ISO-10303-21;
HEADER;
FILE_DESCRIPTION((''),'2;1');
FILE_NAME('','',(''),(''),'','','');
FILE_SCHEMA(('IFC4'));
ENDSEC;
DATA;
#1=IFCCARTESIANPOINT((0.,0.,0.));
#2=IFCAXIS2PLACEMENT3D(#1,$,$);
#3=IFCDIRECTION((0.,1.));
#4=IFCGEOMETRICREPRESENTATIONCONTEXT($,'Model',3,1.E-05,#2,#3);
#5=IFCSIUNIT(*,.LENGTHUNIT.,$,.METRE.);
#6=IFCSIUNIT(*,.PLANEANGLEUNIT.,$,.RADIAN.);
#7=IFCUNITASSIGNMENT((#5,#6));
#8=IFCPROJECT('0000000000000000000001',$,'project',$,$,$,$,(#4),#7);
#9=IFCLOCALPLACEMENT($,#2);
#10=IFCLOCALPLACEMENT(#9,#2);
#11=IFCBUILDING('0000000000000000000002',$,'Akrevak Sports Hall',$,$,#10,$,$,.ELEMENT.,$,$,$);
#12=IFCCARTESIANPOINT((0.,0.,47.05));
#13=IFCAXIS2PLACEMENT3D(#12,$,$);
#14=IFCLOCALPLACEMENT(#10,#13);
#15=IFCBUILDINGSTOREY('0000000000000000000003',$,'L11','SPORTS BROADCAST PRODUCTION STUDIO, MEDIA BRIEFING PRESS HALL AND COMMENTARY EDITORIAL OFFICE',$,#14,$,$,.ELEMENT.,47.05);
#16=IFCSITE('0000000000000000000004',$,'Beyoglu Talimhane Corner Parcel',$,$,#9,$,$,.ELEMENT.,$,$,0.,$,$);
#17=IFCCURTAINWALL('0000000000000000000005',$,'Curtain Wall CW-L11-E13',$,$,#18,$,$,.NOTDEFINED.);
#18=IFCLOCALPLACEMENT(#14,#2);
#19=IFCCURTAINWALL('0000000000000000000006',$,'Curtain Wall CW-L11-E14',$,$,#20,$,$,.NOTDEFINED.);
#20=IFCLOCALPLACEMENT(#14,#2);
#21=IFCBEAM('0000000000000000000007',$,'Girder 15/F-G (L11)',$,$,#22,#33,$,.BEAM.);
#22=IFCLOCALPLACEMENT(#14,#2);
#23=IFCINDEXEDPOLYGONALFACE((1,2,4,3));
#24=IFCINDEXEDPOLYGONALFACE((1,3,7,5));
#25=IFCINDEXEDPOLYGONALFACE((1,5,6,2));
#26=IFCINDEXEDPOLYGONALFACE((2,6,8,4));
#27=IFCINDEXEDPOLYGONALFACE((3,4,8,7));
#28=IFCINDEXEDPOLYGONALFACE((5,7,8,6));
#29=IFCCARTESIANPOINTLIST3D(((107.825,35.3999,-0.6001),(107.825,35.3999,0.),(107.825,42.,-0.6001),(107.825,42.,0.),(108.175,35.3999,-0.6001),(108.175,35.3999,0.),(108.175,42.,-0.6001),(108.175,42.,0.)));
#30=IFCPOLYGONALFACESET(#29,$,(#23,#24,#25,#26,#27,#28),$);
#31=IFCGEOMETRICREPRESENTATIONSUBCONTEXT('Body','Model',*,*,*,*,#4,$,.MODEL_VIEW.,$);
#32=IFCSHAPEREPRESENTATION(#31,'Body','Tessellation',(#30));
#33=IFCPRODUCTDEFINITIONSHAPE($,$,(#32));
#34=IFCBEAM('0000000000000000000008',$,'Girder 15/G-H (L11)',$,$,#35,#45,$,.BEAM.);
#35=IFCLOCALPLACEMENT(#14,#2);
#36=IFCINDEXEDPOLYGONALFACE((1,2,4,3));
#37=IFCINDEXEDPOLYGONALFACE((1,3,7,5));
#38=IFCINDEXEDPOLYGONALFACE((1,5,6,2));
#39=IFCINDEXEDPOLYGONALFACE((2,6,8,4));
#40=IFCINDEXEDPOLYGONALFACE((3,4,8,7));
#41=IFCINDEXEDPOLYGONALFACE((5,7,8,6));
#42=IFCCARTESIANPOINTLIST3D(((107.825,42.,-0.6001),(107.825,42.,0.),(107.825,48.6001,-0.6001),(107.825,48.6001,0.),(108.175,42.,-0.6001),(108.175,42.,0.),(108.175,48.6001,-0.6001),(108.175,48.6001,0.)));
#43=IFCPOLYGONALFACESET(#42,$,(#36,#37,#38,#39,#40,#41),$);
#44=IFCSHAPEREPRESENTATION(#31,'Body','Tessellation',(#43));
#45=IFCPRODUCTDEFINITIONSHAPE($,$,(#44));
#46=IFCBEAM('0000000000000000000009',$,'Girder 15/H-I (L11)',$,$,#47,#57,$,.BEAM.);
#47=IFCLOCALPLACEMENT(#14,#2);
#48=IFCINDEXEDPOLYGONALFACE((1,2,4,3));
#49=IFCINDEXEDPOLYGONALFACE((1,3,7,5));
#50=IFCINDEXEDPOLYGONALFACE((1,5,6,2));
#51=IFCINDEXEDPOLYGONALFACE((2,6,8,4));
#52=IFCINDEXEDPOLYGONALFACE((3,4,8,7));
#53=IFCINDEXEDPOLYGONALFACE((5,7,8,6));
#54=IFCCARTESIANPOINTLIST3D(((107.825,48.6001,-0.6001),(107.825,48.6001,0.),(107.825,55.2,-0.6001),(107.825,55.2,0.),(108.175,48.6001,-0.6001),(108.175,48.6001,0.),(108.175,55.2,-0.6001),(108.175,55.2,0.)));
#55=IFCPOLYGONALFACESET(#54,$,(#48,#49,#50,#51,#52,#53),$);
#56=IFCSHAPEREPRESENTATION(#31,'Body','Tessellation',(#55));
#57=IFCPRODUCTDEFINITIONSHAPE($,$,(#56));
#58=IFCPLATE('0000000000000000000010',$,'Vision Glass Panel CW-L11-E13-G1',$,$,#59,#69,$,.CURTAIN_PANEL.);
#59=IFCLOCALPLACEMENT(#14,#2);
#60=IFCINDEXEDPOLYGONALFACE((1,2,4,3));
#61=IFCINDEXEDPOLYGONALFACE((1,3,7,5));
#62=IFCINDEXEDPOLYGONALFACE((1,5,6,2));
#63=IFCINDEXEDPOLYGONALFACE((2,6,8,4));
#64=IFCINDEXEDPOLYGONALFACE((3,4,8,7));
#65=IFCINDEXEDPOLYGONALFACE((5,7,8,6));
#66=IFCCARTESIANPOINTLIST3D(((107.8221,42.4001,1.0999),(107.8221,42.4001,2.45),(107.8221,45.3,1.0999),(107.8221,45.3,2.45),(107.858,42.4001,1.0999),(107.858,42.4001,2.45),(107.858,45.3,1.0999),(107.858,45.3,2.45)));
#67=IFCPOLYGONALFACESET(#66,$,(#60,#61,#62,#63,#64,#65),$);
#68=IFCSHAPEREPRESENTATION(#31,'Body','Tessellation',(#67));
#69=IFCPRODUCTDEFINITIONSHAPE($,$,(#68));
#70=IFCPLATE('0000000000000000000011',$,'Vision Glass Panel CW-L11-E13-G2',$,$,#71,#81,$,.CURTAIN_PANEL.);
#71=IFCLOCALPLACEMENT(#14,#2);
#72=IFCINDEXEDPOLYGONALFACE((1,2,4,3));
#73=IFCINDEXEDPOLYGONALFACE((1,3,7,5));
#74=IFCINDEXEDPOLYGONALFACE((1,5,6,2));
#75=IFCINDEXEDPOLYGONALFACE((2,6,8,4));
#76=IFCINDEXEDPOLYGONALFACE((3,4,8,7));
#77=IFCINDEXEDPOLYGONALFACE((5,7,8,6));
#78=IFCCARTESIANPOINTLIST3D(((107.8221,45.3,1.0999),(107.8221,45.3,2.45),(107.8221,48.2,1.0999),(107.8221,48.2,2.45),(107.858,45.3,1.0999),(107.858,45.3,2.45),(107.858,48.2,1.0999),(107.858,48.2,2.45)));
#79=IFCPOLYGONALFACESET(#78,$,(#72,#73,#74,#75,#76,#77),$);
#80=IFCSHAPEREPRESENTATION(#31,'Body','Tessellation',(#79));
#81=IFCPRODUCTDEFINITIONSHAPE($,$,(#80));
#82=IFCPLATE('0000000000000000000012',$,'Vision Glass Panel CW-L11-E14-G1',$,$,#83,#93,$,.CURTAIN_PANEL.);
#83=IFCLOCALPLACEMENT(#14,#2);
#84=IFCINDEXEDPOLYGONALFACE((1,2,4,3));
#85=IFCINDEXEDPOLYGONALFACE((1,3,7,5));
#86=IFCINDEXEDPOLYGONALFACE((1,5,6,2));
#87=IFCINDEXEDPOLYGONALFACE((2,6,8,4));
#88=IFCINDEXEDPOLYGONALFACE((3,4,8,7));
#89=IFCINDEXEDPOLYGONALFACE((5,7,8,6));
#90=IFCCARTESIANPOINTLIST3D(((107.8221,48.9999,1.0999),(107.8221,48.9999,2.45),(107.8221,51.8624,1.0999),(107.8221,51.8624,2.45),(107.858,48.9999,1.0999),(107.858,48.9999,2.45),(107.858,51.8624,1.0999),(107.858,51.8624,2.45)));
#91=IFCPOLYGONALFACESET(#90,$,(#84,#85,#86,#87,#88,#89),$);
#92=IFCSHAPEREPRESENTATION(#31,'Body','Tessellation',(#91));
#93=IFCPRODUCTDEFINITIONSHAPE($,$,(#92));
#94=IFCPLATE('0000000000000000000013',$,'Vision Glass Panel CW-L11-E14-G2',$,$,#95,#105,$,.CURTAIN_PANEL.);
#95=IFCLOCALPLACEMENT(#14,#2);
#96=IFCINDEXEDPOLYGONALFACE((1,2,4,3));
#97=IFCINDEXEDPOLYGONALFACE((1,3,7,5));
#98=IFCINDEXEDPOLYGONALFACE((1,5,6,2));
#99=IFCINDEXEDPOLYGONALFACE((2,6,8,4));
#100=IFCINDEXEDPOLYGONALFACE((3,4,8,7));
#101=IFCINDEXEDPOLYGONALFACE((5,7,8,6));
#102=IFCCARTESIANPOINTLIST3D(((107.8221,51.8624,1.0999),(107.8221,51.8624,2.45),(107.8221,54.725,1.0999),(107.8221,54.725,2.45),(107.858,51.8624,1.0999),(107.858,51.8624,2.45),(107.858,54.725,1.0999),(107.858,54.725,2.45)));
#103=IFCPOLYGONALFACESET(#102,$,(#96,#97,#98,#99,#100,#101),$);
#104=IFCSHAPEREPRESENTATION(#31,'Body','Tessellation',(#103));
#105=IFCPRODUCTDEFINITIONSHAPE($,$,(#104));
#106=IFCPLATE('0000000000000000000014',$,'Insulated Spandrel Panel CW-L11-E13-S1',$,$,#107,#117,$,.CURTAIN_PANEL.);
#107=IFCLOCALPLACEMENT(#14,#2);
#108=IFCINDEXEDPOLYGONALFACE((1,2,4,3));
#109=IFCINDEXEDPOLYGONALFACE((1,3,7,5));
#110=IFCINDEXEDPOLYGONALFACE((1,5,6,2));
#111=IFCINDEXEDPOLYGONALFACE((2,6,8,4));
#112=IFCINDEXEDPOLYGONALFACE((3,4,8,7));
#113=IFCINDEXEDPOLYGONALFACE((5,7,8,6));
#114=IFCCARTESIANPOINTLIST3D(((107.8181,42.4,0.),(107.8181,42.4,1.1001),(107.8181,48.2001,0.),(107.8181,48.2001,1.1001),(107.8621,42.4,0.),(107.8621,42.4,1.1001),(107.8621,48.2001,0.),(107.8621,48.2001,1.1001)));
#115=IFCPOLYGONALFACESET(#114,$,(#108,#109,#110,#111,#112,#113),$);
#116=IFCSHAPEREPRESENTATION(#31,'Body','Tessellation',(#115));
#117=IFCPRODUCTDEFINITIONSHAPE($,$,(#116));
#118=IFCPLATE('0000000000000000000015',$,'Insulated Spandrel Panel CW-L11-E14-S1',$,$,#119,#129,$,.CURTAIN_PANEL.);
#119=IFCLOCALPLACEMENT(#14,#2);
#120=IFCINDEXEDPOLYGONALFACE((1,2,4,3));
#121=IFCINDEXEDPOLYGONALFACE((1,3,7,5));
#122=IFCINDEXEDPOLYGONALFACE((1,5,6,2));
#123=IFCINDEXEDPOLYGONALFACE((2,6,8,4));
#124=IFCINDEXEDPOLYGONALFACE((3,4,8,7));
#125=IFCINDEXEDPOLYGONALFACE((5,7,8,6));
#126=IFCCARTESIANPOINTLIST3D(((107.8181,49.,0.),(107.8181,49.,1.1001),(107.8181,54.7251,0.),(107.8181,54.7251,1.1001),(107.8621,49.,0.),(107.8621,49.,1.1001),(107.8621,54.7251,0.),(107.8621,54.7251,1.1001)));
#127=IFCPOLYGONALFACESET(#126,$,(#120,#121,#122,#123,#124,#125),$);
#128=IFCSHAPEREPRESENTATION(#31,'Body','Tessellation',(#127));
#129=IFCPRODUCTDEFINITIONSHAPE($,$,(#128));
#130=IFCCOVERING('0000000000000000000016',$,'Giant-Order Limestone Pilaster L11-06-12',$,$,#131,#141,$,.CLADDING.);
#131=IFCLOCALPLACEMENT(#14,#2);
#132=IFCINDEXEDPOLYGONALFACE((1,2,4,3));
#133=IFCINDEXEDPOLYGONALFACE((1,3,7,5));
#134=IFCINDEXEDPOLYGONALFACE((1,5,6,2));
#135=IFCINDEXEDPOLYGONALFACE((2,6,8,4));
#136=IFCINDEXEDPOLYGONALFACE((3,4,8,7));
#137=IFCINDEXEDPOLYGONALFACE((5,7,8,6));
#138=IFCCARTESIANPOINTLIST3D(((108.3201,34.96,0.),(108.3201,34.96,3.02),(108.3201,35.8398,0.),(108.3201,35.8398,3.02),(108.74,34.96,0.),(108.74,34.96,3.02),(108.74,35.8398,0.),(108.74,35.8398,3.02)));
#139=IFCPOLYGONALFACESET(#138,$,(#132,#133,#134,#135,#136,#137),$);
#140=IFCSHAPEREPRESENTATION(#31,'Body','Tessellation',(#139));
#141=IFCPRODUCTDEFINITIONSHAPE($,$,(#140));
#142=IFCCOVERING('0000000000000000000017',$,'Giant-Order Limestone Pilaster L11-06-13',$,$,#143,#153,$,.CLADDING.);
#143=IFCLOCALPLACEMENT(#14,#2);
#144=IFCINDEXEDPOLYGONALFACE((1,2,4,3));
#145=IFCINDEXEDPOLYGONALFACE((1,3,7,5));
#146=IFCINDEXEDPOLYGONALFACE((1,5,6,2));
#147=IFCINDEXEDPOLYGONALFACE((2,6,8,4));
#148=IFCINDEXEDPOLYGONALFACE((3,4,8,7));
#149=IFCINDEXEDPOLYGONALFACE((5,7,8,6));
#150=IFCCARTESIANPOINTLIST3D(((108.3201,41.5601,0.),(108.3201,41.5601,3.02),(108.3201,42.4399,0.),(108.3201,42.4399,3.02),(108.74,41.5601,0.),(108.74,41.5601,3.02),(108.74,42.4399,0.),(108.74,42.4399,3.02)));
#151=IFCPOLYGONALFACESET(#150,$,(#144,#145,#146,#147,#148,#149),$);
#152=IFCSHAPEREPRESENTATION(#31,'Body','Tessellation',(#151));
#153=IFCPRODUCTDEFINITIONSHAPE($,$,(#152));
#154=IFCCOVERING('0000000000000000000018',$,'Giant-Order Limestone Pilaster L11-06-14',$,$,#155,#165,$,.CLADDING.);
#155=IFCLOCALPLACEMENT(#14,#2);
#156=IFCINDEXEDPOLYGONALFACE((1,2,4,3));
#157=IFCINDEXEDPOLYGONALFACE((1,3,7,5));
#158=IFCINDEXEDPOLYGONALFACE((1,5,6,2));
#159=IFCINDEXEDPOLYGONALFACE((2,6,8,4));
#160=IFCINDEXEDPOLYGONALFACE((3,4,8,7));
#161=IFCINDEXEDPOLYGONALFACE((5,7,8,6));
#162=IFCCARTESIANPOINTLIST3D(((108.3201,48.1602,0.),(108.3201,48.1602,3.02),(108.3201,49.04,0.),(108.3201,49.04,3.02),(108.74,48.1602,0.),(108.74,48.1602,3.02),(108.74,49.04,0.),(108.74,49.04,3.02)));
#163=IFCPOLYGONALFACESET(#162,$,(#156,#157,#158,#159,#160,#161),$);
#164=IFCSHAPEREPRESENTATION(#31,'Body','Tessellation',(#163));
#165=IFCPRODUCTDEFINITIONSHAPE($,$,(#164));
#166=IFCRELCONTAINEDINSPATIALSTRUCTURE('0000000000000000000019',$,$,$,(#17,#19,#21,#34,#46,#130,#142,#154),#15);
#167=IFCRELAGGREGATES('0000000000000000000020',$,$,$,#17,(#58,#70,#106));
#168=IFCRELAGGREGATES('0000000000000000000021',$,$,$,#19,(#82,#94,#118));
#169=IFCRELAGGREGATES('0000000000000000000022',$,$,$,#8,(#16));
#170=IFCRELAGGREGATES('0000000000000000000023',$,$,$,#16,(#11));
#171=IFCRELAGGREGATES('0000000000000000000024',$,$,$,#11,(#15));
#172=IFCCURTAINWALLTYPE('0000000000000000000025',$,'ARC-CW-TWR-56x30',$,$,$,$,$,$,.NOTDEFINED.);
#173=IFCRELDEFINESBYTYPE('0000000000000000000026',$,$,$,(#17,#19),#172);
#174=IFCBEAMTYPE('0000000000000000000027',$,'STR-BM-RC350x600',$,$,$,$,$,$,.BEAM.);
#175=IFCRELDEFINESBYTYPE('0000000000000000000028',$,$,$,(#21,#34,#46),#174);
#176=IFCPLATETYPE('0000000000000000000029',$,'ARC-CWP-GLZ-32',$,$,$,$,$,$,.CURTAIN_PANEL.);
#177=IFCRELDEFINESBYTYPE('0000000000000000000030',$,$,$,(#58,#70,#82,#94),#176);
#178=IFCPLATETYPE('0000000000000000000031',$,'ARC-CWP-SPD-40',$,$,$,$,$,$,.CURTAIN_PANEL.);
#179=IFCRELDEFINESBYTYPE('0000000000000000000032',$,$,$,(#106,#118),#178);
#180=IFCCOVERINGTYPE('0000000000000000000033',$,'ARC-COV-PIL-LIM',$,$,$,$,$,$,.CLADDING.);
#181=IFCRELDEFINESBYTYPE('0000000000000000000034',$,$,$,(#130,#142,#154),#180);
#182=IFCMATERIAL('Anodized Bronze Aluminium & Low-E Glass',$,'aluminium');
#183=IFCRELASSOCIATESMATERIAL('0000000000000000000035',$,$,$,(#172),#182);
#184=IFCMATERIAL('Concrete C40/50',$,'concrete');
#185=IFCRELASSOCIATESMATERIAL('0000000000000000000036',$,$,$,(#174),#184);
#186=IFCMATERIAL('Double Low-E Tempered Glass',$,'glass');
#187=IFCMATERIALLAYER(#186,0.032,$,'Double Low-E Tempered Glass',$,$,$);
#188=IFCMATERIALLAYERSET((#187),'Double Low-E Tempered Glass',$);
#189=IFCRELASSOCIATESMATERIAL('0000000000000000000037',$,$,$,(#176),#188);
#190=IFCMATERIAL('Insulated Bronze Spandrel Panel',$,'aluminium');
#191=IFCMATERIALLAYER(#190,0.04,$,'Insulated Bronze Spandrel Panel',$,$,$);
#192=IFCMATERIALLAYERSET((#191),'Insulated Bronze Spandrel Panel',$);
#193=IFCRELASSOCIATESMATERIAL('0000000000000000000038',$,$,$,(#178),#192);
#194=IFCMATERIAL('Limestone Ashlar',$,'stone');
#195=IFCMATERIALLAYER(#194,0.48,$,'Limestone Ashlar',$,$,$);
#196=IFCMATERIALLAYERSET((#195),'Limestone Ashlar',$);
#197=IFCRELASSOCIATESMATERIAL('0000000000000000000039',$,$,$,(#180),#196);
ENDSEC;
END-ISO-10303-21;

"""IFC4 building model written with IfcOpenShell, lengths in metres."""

from ifc_helpers import new_model, si_unit, direction, frame, origin, origin_2d, place, context, subcontext, project, spatial, rectangle, extrude, material, layer, layer_set, material_profile, profile_set, type_object, element, aggregate, save


model = new_model("IFC4")

# Units and contexts
model_context = context("Model", 3, precision=1e-05, world=origin(), true_north=direction((0.0, 1.0)))
body_context = subcontext(model_context, "Body", "Model", "MODEL_VIEW")
ifc_project = project(units=[si_unit("LENGTHUNIT", "METRE"), si_unit("PLANEANGLEUNIT", "RADIAN")], contexts=[model_context])

# Site, building, storey
site_placement = place(None, origin())
site = spatial("IfcSite", under=ifc_project, at=site_placement, Name="Beyoglu Talimhane Corner Parcel", CompositionType="ELEMENT", RefElevation=0.0)
building_placement = place(site_placement, origin())
building = spatial("IfcBuilding", under=site, at=building_placement, Name="Akrevak Sports Hall", CompositionType="ELEMENT")
storey_placement = place(building_placement, frame((0.0, 0.0, 47.05)))
storey = spatial("IfcBuildingStorey", under=building, at=storey_placement, Name="L11", Description="SPORTS BROADCAST PRODUCTION STUDIO, MEDIA BRIEFING PRESS HALL AND COMMENTARY EDITORIAL OFFICE", CompositionType="ELEMENT", Elevation=47.05)

# Shared definitions
ifc_material_1 = material(Name="Concrete C40/50", Category="concrete")

# Curtain walls
ifc_material_2 = material(Name="Anodized Bronze Aluminium & Low-E Glass", Category="aluminium")
curtain_wall_type = type_object("IfcCurtainWallType", Name="ARC-CW-TWR-56x30", PredefinedType="NOTDEFINED", material=ifc_material_2)
curtain_wall_1_placement = place(storey_placement, origin())
curtain_wall_1 = element("IfcCurtainWall", 1, at=curtain_wall_1_placement, inside=storey, type_object=curtain_wall_type, Name="Curtain Wall CW-L11-E13", PredefinedType="NOTDEFINED")
curtain_wall_2_placement = place(storey_placement, origin())
curtain_wall_2 = element("IfcCurtainWall", 2, at=curtain_wall_2_placement, inside=storey, type_object=curtain_wall_type, Name="Curtain Wall CW-L11-E14", PredefinedType="NOTDEFINED")

# Beams
ifc_material_profile_1 = material_profile(ifc_material_1, rectangle(XDim=0.3501, YDim=0.6001, at=origin_2d()), Name="BM 350x600", Category="concrete")
ifc_profile_set_1 = profile_set([ifc_material_profile_1], Name="Concrete C40/50")
beam_type = type_object("IfcBeamType", Name="STR-BM-RC350x600", PredefinedType="BEAM", material=ifc_profile_set_1)
for number, where, z_axis, x_axis, name in (
    (3, (108.0, 35.3999, -0.3), (0.0, 1.0, 0.0), (-1.0, 0.0, 0.0), "Girder 15/F-G (L11)"),
    (4, (108.0, 42.0, -0.3), (0.0, 1.0, 0.0), (-1.0, 0.0, 0.0), "Girder 15/G-H (L11)"),
):
    element("IfcBeam", number, at=place(storey_placement, frame(where, z_axis=z_axis, x_axis=x_axis)), inside=storey, type_object=beam_type, Name=name, PredefinedType="BEAM", context=body_context, shape_type="SweptSolid", body=[
        extrude(rectangle(XDim=0.3501, YDim=0.6001, at=origin_2d()), origin(), (0.0, 0.0, 1.0), 6.6001),
    ])
beam_placement = place(storey_placement, frame((108.0, 48.6001, -0.3), z_axis=(0.0, 1.0, 0.0), x_axis=(-1.0, 0.0, 0.0)))
element("IfcBeam", 5, at=beam_placement, inside=storey, type_object=beam_type, Name="Girder 15/H-I (L11)", PredefinedType="BEAM", context=body_context, shape_type="SweptSolid", body=[
    extrude(rectangle(XDim=0.3501, YDim=0.6001, at=origin_2d()), origin(), (0.0, 0.0, 1.0), 6.5999),
])

# Plates
ifc_material_3 = material(Name="Double Low-E Tempered Glass", Category="glass")
ifc_layer_1 = layer(ifc_material_3, 0.032, Name="Double Low-E Tempered Glass")
ifc_layer_set_1 = layer_set([ifc_layer_1], Name="Double Low-E Tempered Glass")
plate_type_1 = type_object("IfcPlateType", Name="ARC-CWP-GLZ-32", PredefinedType="CURTAIN_PANEL", material=ifc_layer_set_1)
plate_1_placement = place(storey_placement, frame((107.8401, 43.8501, 1.0999), z_axis=(0.0, 0.0, 1.0), x_axis=(0.0, 1.0, 0.0)))
plate_1 = element("IfcPlate", 6, at=plate_1_placement, type_object=plate_type_1, Name="Vision Glass Panel CW-L11-E13-G1", PredefinedType="CURTAIN_PANEL", context=body_context, shape_type="SweptSolid", body=[
    extrude(rectangle(XDim=2.8999, YDim=0.0359, at=origin_2d()), origin(), (0.0, 0.0, 1.0), 1.3501),
])
plate_2_placement = place(storey_placement, frame((107.8401, 46.75, 1.0999), z_axis=(0.0, 0.0, 1.0), x_axis=(0.0, 1.0, 0.0)))
plate_2 = element("IfcPlate", 7, at=plate_2_placement, type_object=plate_type_1, Name="Vision Glass Panel CW-L11-E13-G2", PredefinedType="CURTAIN_PANEL", context=body_context, shape_type="SweptSolid", body=[
    extrude(rectangle(XDim=2.8999, YDim=0.0359, at=origin_2d()), origin(), (0.0, 0.0, 1.0), 1.3501),
])
plate_3_placement = place(storey_placement, frame((107.8401, 50.4312, 1.0999), z_axis=(0.0, 0.0, 1.0), x_axis=(0.0, 1.0, 0.0)))
plate_3 = element("IfcPlate", 8, at=plate_3_placement, type_object=plate_type_1, Name="Vision Glass Panel CW-L11-E14-G1", PredefinedType="CURTAIN_PANEL", context=body_context, shape_type="SweptSolid", body=[
    extrude(rectangle(XDim=2.8625, YDim=0.0359, at=origin_2d()), origin(), (0.0, 0.0, 1.0), 1.3501),
])
plate_4_placement = place(storey_placement, frame((107.8401, 53.2937, 1.0999), z_axis=(0.0, 0.0, 1.0), x_axis=(0.0, 1.0, 0.0)))
plate_4 = element("IfcPlate", 9, at=plate_4_placement, type_object=plate_type_1, Name="Vision Glass Panel CW-L11-E14-G2", PredefinedType="CURTAIN_PANEL", context=body_context, shape_type="SweptSolid", body=[
    extrude(rectangle(XDim=2.8625, YDim=0.0359, at=origin_2d()), origin(), (0.0, 0.0, 1.0), 1.3501),
])
ifc_material_4 = material(Name="Insulated Bronze Spandrel Panel", Category="aluminium")
ifc_layer_2 = layer(ifc_material_4, 0.04, Name="Insulated Bronze Spandrel Panel")
ifc_layer_set_2 = layer_set([ifc_layer_2], Name="Insulated Bronze Spandrel Panel")
plate_type_2 = type_object("IfcPlateType", Name="ARC-CWP-SPD-40", PredefinedType="CURTAIN_PANEL", material=ifc_layer_set_2)
plate_5_placement = place(storey_placement, frame((107.8401, 45.3, 0.0), z_axis=(0.0, 0.0, 1.0), x_axis=(0.0, 1.0, 0.0)))
plate_5 = element("IfcPlate", 10, at=plate_5_placement, type_object=plate_type_2, Name="Insulated Spandrel Panel CW-L11-E13-S1", PredefinedType="CURTAIN_PANEL", context=body_context, shape_type="SweptSolid", body=[
    extrude(rectangle(XDim=5.8, YDim=0.0439, at=origin_2d()), origin(), (0.0, 0.0, 1.0), 1.1001),
])
aggregate(curtain_wall_1, [plate_1, plate_2, plate_5])
plate_6_placement = place(storey_placement, frame((107.8401, 51.8625, 0.0), z_axis=(0.0, 0.0, 1.0), x_axis=(0.0, 1.0, 0.0)))
plate_6 = element("IfcPlate", 11, at=plate_6_placement, type_object=plate_type_2, Name="Insulated Spandrel Panel CW-L11-E14-S1", PredefinedType="CURTAIN_PANEL", context=body_context, shape_type="SweptSolid", body=[
    extrude(rectangle(XDim=5.7251, YDim=0.0439, at=origin_2d()), origin(), (0.0, 0.0, 1.0), 1.1001),
])
aggregate(curtain_wall_2, [plate_3, plate_4, plate_6])

# Coverings
ifc_material_5 = material(Name="Limestone Ashlar", Category="stone")
ifc_layer_3 = layer(ifc_material_5, 0.48, Name="Limestone Ashlar")
ifc_layer_set_3 = layer_set([ifc_layer_3], Name="Limestone Ashlar")
covering_type = type_object("IfcCoveringType", Name="ARC-COV-PIL-LIM", PredefinedType="CLADDING", material=ifc_layer_set_3)
for number, where, z_axis, x_axis, name in (
    (12, (108.53, 35.3999, 0.0), (0.0, 0.0, 1.0), (0.0, 1.0, 0.0), "Giant-Order Limestone Pilaster L11-06-12"),
    (13, (108.53, 42.0, 0.0), (0.0, 0.0, 1.0), (0.0, 1.0, 0.0), "Giant-Order Limestone Pilaster L11-06-13"),
    (14, (108.53, 48.6001, 0.0), (0.0, 0.0, 1.0), (0.0, 1.0, 0.0), "Giant-Order Limestone Pilaster L11-06-14"),
):
    element("IfcCovering", number, at=place(storey_placement, frame(where, z_axis=z_axis, x_axis=x_axis)), inside=storey, type_object=covering_type, Name=name, PredefinedType="CLADDING", context=body_context, shape_type="SweptSolid", body=[
        extrude(rectangle(XDim=0.8799, YDim=0.4199, at=origin_2d()), origin(), (0.0, 0.0, 1.0), 3.02),
    ])

save(model, "model.ifc")
